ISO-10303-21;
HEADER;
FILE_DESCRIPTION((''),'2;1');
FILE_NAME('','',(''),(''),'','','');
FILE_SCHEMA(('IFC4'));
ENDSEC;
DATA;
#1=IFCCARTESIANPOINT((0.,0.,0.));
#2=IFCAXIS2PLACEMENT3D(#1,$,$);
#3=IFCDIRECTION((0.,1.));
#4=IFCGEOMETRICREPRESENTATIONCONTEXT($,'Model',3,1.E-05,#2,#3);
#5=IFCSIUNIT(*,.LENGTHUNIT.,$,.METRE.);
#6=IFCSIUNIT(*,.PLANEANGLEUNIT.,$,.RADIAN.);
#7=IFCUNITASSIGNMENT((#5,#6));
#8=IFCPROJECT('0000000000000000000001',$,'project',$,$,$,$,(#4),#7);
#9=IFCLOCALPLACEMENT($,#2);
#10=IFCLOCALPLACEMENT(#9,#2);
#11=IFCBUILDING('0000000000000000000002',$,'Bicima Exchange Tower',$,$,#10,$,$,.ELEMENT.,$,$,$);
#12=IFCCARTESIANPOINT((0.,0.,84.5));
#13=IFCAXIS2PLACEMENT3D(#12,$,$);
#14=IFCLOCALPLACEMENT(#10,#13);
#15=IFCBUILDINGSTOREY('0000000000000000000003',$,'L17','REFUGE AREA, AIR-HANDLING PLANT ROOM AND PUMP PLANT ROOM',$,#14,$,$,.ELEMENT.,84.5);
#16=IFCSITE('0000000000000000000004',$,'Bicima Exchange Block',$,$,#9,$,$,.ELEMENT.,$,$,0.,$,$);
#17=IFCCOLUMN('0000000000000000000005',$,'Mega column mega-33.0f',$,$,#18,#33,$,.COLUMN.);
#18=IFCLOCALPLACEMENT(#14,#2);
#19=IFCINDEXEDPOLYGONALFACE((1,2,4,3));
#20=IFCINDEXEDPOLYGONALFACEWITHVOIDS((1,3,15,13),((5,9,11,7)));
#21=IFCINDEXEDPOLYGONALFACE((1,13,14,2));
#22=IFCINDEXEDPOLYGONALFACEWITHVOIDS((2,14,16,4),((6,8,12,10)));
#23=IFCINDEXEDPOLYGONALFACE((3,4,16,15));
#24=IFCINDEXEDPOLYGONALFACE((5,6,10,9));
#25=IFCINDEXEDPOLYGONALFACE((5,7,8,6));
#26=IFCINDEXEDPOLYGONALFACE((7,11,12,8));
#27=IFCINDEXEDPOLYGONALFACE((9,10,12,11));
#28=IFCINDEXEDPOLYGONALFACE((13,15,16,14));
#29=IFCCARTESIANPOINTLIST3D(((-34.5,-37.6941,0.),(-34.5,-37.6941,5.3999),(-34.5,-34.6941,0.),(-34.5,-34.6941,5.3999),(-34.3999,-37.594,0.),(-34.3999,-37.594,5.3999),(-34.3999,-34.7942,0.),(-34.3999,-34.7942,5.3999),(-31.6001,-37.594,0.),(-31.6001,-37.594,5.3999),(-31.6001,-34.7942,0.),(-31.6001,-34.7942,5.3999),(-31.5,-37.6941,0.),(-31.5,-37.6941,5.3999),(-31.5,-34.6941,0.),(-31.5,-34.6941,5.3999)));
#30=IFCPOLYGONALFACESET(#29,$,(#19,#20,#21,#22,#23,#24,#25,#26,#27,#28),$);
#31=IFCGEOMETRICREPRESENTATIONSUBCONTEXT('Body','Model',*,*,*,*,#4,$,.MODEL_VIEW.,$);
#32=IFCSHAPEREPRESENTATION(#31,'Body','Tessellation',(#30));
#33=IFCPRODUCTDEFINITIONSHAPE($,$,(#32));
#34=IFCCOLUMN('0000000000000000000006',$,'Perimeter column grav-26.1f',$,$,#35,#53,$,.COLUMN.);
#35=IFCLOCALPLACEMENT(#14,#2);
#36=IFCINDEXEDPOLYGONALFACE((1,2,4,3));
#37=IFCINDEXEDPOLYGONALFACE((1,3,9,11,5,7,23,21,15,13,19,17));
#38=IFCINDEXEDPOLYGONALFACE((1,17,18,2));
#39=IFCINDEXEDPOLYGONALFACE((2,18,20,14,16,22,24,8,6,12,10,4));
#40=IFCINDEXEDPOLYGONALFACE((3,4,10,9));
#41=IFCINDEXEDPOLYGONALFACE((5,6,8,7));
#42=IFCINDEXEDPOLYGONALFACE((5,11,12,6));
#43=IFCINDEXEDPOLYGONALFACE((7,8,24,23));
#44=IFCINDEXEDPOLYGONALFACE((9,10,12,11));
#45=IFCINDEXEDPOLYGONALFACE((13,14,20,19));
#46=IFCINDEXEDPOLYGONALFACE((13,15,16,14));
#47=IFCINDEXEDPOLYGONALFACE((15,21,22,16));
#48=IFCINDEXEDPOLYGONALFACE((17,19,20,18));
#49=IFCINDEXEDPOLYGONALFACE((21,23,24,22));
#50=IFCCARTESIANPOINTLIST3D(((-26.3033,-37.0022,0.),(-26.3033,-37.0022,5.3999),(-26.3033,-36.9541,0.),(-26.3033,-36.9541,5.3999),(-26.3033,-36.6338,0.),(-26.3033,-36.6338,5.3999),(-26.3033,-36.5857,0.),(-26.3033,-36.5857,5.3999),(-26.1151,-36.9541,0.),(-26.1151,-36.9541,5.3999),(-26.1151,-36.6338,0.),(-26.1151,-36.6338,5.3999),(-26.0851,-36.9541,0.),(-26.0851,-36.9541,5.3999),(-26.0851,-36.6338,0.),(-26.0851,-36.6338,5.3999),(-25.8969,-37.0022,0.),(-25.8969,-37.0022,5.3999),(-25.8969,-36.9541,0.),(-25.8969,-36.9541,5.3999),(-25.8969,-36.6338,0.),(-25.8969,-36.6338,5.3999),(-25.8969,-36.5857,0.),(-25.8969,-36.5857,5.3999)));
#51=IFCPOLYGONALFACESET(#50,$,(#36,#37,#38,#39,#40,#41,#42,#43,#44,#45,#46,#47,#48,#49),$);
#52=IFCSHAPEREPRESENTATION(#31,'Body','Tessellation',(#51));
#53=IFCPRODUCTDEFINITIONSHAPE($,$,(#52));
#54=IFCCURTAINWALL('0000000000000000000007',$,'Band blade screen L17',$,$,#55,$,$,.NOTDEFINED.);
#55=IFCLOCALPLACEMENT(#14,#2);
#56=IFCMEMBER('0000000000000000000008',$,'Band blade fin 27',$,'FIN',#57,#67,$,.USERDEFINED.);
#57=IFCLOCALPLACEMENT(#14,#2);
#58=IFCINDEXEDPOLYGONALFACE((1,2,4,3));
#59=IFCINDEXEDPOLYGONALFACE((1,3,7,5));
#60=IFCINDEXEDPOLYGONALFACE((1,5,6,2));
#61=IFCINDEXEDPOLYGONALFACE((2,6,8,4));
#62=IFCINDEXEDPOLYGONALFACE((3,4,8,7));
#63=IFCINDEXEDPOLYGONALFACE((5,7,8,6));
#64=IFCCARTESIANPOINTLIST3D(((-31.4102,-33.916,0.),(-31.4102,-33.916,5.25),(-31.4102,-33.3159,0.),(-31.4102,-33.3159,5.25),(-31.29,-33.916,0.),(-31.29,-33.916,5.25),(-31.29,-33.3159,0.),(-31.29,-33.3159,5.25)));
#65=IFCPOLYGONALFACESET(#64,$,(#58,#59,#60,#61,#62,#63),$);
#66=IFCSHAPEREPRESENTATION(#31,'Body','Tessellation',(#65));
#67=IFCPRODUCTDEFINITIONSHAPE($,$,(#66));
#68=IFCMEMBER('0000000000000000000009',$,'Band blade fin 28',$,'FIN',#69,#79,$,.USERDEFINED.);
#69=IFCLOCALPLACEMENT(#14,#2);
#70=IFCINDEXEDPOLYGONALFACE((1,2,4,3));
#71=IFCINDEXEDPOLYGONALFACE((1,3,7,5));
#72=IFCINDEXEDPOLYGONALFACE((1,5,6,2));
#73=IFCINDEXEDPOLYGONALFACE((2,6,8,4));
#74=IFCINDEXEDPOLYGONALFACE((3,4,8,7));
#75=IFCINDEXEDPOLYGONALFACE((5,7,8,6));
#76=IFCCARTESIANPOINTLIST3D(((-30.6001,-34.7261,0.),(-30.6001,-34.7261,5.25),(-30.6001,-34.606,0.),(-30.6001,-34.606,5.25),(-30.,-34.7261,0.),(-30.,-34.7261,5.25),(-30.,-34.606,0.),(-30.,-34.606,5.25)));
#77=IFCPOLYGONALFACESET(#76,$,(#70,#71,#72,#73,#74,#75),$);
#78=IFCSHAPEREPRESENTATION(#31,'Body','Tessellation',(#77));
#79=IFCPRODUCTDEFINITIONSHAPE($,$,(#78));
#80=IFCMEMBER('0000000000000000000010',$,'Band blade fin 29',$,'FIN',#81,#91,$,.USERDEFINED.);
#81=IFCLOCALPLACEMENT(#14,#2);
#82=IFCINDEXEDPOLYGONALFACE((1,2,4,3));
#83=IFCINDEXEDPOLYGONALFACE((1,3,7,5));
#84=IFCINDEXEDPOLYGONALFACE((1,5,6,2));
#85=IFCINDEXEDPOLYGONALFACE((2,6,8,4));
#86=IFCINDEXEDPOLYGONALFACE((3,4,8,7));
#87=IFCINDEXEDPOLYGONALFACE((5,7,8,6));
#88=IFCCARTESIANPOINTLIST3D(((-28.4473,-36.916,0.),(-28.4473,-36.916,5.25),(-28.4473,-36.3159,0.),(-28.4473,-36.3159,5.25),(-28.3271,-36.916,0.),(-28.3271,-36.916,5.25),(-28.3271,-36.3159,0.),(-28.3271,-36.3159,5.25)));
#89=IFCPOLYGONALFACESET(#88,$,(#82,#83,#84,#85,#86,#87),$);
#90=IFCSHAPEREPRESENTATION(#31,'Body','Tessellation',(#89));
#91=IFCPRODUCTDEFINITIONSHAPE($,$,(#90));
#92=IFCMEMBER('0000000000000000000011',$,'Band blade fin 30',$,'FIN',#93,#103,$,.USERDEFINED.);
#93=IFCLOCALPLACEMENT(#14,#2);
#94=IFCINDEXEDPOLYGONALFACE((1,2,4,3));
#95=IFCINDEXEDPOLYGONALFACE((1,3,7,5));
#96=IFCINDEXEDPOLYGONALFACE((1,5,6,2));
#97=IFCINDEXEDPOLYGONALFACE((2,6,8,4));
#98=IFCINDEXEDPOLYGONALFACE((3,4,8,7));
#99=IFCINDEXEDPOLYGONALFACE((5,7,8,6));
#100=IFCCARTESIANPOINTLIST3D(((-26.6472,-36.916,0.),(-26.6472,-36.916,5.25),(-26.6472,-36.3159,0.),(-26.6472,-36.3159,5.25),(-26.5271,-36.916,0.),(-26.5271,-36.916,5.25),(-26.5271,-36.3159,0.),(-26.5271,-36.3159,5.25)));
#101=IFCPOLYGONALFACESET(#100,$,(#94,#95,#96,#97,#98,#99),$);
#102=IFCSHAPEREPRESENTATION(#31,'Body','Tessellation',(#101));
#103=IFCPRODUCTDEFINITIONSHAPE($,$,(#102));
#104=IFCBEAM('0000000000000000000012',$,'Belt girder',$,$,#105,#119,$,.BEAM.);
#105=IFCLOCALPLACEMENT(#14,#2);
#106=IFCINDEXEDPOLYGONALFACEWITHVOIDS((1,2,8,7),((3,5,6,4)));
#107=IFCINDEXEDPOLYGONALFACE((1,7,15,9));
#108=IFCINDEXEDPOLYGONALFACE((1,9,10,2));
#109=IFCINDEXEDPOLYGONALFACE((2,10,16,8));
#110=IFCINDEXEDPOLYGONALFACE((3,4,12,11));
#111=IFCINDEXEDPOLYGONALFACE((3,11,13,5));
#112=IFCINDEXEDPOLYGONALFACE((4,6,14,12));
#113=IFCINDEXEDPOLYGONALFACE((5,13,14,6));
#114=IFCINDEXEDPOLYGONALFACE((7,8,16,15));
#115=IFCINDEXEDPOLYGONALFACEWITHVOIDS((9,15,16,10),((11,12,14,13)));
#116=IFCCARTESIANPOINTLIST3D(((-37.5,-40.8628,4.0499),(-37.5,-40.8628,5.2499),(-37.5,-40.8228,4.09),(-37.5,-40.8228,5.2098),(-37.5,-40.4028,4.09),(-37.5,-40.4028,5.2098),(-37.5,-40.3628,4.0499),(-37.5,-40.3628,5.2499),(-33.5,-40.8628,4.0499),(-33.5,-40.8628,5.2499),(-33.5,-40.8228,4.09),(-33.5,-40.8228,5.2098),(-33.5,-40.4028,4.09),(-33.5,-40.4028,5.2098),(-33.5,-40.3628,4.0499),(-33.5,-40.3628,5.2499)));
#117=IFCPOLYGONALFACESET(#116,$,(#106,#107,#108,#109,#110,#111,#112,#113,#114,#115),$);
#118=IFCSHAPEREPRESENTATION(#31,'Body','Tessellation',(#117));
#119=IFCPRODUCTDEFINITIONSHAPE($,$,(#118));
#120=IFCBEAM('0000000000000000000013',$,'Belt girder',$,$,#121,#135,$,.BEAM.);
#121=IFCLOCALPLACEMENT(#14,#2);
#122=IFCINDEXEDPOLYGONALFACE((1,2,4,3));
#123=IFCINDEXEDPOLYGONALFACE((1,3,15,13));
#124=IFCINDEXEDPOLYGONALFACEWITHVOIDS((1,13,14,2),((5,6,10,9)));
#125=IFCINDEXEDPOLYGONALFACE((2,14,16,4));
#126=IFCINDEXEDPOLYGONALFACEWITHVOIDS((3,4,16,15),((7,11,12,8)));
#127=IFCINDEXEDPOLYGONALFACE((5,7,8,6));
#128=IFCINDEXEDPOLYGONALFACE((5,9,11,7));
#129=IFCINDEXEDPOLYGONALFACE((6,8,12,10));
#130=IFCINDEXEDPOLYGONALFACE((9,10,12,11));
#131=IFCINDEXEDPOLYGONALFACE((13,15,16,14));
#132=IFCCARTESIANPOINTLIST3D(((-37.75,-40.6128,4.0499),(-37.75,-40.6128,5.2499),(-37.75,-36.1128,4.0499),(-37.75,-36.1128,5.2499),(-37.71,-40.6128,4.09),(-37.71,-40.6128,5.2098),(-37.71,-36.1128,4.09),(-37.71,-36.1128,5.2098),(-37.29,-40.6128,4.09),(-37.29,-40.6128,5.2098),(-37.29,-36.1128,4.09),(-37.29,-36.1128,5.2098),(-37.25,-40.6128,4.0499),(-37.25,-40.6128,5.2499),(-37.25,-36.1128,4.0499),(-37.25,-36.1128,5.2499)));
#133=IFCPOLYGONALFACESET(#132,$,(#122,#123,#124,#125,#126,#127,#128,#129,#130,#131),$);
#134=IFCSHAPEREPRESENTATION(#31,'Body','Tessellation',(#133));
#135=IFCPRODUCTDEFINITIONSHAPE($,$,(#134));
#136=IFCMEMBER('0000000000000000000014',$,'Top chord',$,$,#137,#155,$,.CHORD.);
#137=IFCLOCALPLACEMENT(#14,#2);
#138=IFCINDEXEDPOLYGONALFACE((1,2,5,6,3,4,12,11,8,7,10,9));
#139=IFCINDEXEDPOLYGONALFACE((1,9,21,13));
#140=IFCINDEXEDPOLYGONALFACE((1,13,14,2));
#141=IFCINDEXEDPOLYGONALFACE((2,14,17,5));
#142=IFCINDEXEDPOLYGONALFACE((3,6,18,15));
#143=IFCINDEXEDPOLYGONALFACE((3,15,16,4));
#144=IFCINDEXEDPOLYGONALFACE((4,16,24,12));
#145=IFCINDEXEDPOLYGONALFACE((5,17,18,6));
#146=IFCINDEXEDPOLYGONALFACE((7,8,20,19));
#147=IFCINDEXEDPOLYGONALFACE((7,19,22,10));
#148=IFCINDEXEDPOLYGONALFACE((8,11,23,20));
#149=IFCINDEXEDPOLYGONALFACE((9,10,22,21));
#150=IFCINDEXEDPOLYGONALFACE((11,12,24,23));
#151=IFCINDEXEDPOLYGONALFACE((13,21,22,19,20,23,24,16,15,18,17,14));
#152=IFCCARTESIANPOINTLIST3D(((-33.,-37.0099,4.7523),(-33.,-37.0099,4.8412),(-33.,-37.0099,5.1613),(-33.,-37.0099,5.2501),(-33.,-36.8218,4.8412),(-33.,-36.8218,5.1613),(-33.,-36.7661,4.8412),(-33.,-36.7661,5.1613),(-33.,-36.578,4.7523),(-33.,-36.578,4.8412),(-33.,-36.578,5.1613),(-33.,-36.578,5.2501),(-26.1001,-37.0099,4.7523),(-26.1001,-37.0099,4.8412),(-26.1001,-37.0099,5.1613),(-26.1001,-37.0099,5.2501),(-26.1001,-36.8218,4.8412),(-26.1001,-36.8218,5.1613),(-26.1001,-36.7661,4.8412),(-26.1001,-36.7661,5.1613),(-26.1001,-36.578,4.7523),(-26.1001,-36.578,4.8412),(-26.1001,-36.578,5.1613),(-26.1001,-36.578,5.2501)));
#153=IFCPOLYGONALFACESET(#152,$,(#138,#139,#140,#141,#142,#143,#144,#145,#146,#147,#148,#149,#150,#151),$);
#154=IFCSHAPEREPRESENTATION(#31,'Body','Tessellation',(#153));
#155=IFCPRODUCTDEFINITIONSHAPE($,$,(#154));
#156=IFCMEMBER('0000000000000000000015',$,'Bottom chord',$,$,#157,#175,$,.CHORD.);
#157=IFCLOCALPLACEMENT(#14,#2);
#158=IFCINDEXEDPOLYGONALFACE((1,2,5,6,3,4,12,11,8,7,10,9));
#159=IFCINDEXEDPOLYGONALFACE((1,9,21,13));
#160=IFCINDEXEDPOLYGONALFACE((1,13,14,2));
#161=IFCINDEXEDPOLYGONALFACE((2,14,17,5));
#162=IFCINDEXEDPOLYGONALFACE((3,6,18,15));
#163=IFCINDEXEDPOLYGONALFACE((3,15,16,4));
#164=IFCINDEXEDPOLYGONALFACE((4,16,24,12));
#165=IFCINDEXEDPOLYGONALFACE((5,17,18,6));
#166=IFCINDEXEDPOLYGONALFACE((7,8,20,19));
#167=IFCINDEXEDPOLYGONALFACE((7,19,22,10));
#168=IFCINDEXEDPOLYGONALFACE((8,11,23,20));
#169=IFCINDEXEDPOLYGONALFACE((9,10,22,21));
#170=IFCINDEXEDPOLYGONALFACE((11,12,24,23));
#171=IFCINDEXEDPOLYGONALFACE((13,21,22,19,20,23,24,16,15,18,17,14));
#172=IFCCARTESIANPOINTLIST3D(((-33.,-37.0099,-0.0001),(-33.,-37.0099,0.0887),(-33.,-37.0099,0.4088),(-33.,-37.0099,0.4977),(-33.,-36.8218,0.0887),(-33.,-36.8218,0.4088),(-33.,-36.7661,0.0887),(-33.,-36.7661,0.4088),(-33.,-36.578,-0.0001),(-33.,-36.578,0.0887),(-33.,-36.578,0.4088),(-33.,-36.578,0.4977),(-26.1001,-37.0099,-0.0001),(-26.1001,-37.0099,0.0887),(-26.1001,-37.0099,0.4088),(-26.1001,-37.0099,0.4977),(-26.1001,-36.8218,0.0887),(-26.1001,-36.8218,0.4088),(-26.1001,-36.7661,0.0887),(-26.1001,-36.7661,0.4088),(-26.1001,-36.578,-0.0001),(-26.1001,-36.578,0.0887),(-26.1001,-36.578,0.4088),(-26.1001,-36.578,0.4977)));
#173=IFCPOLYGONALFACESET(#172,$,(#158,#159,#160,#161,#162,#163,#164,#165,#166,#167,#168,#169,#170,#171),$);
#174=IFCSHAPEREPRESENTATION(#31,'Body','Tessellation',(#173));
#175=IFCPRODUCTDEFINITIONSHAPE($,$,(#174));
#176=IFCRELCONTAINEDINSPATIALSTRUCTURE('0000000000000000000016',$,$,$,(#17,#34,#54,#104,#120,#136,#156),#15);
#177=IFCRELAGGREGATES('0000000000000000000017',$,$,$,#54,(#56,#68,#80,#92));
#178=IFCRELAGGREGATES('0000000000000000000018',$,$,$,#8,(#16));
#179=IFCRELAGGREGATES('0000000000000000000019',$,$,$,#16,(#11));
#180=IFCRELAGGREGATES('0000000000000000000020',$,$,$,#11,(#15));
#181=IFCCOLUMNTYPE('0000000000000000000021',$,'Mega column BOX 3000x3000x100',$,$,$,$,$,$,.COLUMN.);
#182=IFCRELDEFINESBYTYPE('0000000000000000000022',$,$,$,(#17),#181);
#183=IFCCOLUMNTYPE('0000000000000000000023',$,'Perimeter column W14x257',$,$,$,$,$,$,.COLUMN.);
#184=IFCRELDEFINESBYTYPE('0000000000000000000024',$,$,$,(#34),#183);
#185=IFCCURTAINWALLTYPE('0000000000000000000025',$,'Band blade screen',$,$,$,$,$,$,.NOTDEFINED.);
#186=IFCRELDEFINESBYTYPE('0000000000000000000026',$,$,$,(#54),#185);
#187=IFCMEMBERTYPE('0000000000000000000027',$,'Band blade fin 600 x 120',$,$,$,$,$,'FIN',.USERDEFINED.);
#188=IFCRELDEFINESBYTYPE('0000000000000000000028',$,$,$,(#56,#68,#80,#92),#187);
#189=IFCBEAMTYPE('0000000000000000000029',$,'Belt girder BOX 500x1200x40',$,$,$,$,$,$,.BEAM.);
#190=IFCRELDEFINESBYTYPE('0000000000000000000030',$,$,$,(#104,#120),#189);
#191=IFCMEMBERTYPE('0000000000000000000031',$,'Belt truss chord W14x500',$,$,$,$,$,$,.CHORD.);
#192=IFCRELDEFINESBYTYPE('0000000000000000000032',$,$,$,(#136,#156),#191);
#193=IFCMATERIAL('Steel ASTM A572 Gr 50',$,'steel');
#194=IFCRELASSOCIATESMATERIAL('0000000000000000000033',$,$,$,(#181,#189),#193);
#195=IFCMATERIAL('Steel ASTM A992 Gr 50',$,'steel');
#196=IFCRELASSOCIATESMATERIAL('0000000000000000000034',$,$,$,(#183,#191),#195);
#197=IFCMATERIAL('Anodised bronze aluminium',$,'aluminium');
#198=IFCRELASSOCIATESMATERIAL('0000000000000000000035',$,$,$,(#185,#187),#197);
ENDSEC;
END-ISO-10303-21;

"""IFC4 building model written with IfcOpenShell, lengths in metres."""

from ifc_helpers import new_model, si_unit, direction, frame, origin, origin_2d, place, context, subcontext, project, spatial, rectangle, hollow_rectangle, i_section, extrude, material, material_profile, profile_set, type_object, element, aggregate, save


model = new_model("IFC4")

# Units and contexts
model_context = context("Model", 3, precision=1e-05, world=origin(), true_north=direction((0.0, 1.0)))
body_context = subcontext(model_context, "Body", "Model", "MODEL_VIEW")
ifc_project = project(units=[si_unit("LENGTHUNIT", "METRE"), si_unit("PLANEANGLEUNIT", "RADIAN")], contexts=[model_context])

# Site, building, storey
site_placement = place(None, origin())
site = spatial("IfcSite", under=ifc_project, at=site_placement, Name="Bicima Exchange Block", CompositionType="ELEMENT", RefElevation=0.0)
building_placement = place(site_placement, origin())
building = spatial("IfcBuilding", under=site, at=building_placement, Name="Bicima Exchange Tower", CompositionType="ELEMENT")
storey_placement = place(building_placement, frame((0.0, 0.0, 84.5)))
storey = spatial("IfcBuildingStorey", under=building, at=storey_placement, Name="L17", Description="REFUGE AREA, AIR-HANDLING PLANT ROOM AND PUMP PLANT ROOM", CompositionType="ELEMENT", Elevation=84.5)

# Columns
ifc_material_1 = material(Name="Steel ASTM A572 Gr 50", Category="steel")
ifc_material_profile_1 = material_profile(ifc_material_1, hollow_rectangle(XDim=3.0, YDim=3.0, WallThickness=0.1001, at=origin_2d()))
ifc_profile_set_1 = profile_set([ifc_material_profile_1], Name="Steel ASTM A572 Gr 50")
column_type_1 = type_object("IfcColumnType", Name="Mega column BOX 3000x3000x100", PredefinedType="COLUMN", material=ifc_profile_set_1)
column_1_placement = place(storey_placement, frame((-33.0, -36.1941, 0.0), z_axis=(0.0, 0.0, 1.0), x_axis=(1.0, 0.0, 0.0)))
element("IfcColumn", 1, at=column_1_placement, inside=storey, type_object=column_type_1, Name="Mega column mega-33.0f", PredefinedType="COLUMN", context=body_context, shape_type="SweptSolid", body=[
    extrude(hollow_rectangle(XDim=3.0, YDim=3.0, WallThickness=0.1001, at=origin_2d()), origin(), (0.0, 0.0, 1.0), 5.3999),
])
ifc_material_2 = material(Name="Steel ASTM A992 Gr 50", Category="steel")
ifc_material_profile_2 = material_profile(ifc_material_2, i_section(OverallWidth=0.4065, OverallDepth=0.4165, WebThickness=0.03, FlangeThickness=0.0481, at=origin_2d()))
ifc_profile_set_2 = profile_set([ifc_material_profile_2], Name="Steel ASTM A992 Gr 50")
column_type_2 = type_object("IfcColumnType", Name="Perimeter column W14x257", PredefinedType="COLUMN", material=ifc_profile_set_2)
column_2_placement = place(storey_placement, frame((-26.1001, -36.7939, 0.0), z_axis=(0.0, 0.0, 1.0), x_axis=(1.0, 0.0, 0.0)))
element("IfcColumn", 2, at=column_2_placement, inside=storey, type_object=column_type_2, Name="Perimeter column grav-26.1f", PredefinedType="COLUMN", context=body_context, shape_type="SweptSolid", body=[
    extrude(i_section(OverallWidth=0.4065, OverallDepth=0.4165, WebThickness=0.03, FlangeThickness=0.0481, at=origin_2d()), origin(), (0.0, 0.0, 1.0), 5.3999),
])

# Curtain wall, members
ifc_material_3 = material(Name="Anodised bronze aluminium", Category="aluminium")
curtain_wall_type = type_object("IfcCurtainWallType", Name="Band blade screen", PredefinedType="NOTDEFINED", material=ifc_material_3)
curtain_wall_placement = place(storey_placement, origin())
curtain_wall = element("IfcCurtainWall", 3, at=curtain_wall_placement, inside=storey, type_object=curtain_wall_type, Name="Band blade screen L17", PredefinedType="NOTDEFINED")
ifc_material_profile_3 = material_profile(ifc_material_3, rectangle(XDim=0.6001, YDim=0.1201, at=origin_2d()))
ifc_profile_set_3 = profile_set([ifc_material_profile_3], Name="Anodised bronze aluminium")
member_type_1 = type_object("IfcMemberType", Name="Band blade fin 600 x 120", ElementType="FIN", PredefinedType="USERDEFINED", material=ifc_profile_set_3)
member_1_placement = place(storey_placement, frame((-31.3501, -33.616, 0.0), z_axis=(0.0, 0.0, 1.0), x_axis=(0.0, 1.0, 0.0)))
member_1 = element("IfcMember", 4, at=member_1_placement, type_object=member_type_1, Name="Band blade fin 27", ObjectType="FIN", PredefinedType="USERDEFINED", context=body_context, shape_type="SweptSolid", body=[
    extrude(rectangle(XDim=0.6001, YDim=0.1201, at=origin_2d()), origin(), (0.0, 0.0, 1.0), 5.25),
])
member_2_placement = place(storey_placement, frame((-30.3, -34.666, 0.0), z_axis=(0.0, 0.0, 1.0), x_axis=(1.0, 0.0, 0.0)))
member_2 = element("IfcMember", 5, at=member_2_placement, type_object=member_type_1, Name="Band blade fin 28", ObjectType="FIN", PredefinedType="USERDEFINED", context=body_context, shape_type="SweptSolid", body=[
    extrude(rectangle(XDim=0.6001, YDim=0.1201, at=origin_2d()), origin(), (0.0, 0.0, 1.0), 5.25),
])
member_3_placement = place(storey_placement, frame((-28.3872, -36.616, 0.0), z_axis=(0.0, 0.0, 1.0), x_axis=(0.0, 1.0, 0.0)))
member_3 = element("IfcMember", 6, at=member_3_placement, type_object=member_type_1, Name="Band blade fin 29", ObjectType="FIN", PredefinedType="USERDEFINED", context=body_context, shape_type="SweptSolid", body=[
    extrude(rectangle(XDim=0.6001, YDim=0.1201, at=origin_2d()), origin(), (0.0, 0.0, 1.0), 5.25),
])
member_4_placement = place(storey_placement, frame((-26.5872, -36.616, 0.0), z_axis=(0.0, 0.0, 1.0), x_axis=(0.0, 1.0, 0.0)))
member_4 = element("IfcMember", 7, at=member_4_placement, type_object=member_type_1, Name="Band blade fin 30", ObjectType="FIN", PredefinedType="USERDEFINED", context=body_context, shape_type="SweptSolid", body=[
    extrude(rectangle(XDim=0.6001, YDim=0.1201, at=origin_2d()), origin(), (0.0, 0.0, 1.0), 5.25),
])
aggregate(curtain_wall, [member_1, member_2, member_3, member_4])

# Beams
ifc_material_profile_4 = material_profile(ifc_material_1, hollow_rectangle(XDim=0.5, YDim=1.2, WallThickness=0.04, at=origin_2d()))
ifc_profile_set_4 = profile_set([ifc_material_profile_4], Name="Steel ASTM A572 Gr 50")
beam_type_1 = type_object("IfcBeamType", Name="Belt girder BOX 500x1200x40", PredefinedType="BEAM", material=ifc_profile_set_4)
beam_1_placement = place(storey_placement, frame((-37.5, -40.6128, 4.6499), z_axis=(1.0, 0.0, 0.0), x_axis=(0.0, 1.0, 0.0)))
element("IfcBeam", 8, at=beam_1_placement, inside=storey, type_object=beam_type_1, Name="Belt girder", PredefinedType="BEAM", context=body_context, shape_type="SweptSolid", body=[
    extrude(hollow_rectangle(XDim=0.5, YDim=1.2, WallThickness=0.04, at=origin_2d()), origin(), (0.0, 0.0, 1.0), 4.0),
])
beam_2_placement = place(storey_placement, frame((-37.5, -36.1128, 4.6499), z_axis=(0.0, -1.0, 0.0), x_axis=(1.0, 0.0, 0.0)))
element("IfcBeam", 9, at=beam_2_placement, inside=storey, type_object=beam_type_1, Name="Belt girder", PredefinedType="BEAM", context=body_context, shape_type="SweptSolid", body=[
    extrude(hollow_rectangle(XDim=0.5, YDim=1.2, WallThickness=0.04, at=origin_2d()), origin(), (0.0, 0.0, 1.0), 4.5),
])

# Members
ifc_material_profile_5 = material_profile(ifc_material_2, i_section(OverallWidth=0.4319, OverallDepth=0.4978, WebThickness=0.0557, FlangeThickness=0.0889, at=origin_2d()))
ifc_profile_set_5 = profile_set([ifc_material_profile_5], Name="Steel ASTM A992 Gr 50")
member_type_2 = type_object("IfcMemberType", Name="Belt truss chord W14x500", PredefinedType="CHORD", material=ifc_profile_set_5)
for number, where, z_axis, x_axis, name in (
    (10, (-33.0, -36.7939, 5.0012), (1.0, 0.0, 0.0), (0.0, 1.0, 0.0), "Top chord"),
    (11, (-33.0, -36.7939, 0.2488), (1.0, 0.0, 0.0), (0.0, 1.0, 0.0), "Bottom chord"),
):
    element("IfcMember", number, at=place(storey_placement, frame(where, z_axis=z_axis, x_axis=x_axis)), inside=storey, type_object=member_type_2, Name=name, PredefinedType="CHORD", context=body_context, shape_type="SweptSolid", body=[
        extrude(i_section(OverallWidth=0.4319, OverallDepth=0.4978, WebThickness=0.0557, FlangeThickness=0.0889, at=origin_2d()), origin(), (0.0, 0.0, 1.0), 6.8999),
    ])

save(model, "model.ifc")
